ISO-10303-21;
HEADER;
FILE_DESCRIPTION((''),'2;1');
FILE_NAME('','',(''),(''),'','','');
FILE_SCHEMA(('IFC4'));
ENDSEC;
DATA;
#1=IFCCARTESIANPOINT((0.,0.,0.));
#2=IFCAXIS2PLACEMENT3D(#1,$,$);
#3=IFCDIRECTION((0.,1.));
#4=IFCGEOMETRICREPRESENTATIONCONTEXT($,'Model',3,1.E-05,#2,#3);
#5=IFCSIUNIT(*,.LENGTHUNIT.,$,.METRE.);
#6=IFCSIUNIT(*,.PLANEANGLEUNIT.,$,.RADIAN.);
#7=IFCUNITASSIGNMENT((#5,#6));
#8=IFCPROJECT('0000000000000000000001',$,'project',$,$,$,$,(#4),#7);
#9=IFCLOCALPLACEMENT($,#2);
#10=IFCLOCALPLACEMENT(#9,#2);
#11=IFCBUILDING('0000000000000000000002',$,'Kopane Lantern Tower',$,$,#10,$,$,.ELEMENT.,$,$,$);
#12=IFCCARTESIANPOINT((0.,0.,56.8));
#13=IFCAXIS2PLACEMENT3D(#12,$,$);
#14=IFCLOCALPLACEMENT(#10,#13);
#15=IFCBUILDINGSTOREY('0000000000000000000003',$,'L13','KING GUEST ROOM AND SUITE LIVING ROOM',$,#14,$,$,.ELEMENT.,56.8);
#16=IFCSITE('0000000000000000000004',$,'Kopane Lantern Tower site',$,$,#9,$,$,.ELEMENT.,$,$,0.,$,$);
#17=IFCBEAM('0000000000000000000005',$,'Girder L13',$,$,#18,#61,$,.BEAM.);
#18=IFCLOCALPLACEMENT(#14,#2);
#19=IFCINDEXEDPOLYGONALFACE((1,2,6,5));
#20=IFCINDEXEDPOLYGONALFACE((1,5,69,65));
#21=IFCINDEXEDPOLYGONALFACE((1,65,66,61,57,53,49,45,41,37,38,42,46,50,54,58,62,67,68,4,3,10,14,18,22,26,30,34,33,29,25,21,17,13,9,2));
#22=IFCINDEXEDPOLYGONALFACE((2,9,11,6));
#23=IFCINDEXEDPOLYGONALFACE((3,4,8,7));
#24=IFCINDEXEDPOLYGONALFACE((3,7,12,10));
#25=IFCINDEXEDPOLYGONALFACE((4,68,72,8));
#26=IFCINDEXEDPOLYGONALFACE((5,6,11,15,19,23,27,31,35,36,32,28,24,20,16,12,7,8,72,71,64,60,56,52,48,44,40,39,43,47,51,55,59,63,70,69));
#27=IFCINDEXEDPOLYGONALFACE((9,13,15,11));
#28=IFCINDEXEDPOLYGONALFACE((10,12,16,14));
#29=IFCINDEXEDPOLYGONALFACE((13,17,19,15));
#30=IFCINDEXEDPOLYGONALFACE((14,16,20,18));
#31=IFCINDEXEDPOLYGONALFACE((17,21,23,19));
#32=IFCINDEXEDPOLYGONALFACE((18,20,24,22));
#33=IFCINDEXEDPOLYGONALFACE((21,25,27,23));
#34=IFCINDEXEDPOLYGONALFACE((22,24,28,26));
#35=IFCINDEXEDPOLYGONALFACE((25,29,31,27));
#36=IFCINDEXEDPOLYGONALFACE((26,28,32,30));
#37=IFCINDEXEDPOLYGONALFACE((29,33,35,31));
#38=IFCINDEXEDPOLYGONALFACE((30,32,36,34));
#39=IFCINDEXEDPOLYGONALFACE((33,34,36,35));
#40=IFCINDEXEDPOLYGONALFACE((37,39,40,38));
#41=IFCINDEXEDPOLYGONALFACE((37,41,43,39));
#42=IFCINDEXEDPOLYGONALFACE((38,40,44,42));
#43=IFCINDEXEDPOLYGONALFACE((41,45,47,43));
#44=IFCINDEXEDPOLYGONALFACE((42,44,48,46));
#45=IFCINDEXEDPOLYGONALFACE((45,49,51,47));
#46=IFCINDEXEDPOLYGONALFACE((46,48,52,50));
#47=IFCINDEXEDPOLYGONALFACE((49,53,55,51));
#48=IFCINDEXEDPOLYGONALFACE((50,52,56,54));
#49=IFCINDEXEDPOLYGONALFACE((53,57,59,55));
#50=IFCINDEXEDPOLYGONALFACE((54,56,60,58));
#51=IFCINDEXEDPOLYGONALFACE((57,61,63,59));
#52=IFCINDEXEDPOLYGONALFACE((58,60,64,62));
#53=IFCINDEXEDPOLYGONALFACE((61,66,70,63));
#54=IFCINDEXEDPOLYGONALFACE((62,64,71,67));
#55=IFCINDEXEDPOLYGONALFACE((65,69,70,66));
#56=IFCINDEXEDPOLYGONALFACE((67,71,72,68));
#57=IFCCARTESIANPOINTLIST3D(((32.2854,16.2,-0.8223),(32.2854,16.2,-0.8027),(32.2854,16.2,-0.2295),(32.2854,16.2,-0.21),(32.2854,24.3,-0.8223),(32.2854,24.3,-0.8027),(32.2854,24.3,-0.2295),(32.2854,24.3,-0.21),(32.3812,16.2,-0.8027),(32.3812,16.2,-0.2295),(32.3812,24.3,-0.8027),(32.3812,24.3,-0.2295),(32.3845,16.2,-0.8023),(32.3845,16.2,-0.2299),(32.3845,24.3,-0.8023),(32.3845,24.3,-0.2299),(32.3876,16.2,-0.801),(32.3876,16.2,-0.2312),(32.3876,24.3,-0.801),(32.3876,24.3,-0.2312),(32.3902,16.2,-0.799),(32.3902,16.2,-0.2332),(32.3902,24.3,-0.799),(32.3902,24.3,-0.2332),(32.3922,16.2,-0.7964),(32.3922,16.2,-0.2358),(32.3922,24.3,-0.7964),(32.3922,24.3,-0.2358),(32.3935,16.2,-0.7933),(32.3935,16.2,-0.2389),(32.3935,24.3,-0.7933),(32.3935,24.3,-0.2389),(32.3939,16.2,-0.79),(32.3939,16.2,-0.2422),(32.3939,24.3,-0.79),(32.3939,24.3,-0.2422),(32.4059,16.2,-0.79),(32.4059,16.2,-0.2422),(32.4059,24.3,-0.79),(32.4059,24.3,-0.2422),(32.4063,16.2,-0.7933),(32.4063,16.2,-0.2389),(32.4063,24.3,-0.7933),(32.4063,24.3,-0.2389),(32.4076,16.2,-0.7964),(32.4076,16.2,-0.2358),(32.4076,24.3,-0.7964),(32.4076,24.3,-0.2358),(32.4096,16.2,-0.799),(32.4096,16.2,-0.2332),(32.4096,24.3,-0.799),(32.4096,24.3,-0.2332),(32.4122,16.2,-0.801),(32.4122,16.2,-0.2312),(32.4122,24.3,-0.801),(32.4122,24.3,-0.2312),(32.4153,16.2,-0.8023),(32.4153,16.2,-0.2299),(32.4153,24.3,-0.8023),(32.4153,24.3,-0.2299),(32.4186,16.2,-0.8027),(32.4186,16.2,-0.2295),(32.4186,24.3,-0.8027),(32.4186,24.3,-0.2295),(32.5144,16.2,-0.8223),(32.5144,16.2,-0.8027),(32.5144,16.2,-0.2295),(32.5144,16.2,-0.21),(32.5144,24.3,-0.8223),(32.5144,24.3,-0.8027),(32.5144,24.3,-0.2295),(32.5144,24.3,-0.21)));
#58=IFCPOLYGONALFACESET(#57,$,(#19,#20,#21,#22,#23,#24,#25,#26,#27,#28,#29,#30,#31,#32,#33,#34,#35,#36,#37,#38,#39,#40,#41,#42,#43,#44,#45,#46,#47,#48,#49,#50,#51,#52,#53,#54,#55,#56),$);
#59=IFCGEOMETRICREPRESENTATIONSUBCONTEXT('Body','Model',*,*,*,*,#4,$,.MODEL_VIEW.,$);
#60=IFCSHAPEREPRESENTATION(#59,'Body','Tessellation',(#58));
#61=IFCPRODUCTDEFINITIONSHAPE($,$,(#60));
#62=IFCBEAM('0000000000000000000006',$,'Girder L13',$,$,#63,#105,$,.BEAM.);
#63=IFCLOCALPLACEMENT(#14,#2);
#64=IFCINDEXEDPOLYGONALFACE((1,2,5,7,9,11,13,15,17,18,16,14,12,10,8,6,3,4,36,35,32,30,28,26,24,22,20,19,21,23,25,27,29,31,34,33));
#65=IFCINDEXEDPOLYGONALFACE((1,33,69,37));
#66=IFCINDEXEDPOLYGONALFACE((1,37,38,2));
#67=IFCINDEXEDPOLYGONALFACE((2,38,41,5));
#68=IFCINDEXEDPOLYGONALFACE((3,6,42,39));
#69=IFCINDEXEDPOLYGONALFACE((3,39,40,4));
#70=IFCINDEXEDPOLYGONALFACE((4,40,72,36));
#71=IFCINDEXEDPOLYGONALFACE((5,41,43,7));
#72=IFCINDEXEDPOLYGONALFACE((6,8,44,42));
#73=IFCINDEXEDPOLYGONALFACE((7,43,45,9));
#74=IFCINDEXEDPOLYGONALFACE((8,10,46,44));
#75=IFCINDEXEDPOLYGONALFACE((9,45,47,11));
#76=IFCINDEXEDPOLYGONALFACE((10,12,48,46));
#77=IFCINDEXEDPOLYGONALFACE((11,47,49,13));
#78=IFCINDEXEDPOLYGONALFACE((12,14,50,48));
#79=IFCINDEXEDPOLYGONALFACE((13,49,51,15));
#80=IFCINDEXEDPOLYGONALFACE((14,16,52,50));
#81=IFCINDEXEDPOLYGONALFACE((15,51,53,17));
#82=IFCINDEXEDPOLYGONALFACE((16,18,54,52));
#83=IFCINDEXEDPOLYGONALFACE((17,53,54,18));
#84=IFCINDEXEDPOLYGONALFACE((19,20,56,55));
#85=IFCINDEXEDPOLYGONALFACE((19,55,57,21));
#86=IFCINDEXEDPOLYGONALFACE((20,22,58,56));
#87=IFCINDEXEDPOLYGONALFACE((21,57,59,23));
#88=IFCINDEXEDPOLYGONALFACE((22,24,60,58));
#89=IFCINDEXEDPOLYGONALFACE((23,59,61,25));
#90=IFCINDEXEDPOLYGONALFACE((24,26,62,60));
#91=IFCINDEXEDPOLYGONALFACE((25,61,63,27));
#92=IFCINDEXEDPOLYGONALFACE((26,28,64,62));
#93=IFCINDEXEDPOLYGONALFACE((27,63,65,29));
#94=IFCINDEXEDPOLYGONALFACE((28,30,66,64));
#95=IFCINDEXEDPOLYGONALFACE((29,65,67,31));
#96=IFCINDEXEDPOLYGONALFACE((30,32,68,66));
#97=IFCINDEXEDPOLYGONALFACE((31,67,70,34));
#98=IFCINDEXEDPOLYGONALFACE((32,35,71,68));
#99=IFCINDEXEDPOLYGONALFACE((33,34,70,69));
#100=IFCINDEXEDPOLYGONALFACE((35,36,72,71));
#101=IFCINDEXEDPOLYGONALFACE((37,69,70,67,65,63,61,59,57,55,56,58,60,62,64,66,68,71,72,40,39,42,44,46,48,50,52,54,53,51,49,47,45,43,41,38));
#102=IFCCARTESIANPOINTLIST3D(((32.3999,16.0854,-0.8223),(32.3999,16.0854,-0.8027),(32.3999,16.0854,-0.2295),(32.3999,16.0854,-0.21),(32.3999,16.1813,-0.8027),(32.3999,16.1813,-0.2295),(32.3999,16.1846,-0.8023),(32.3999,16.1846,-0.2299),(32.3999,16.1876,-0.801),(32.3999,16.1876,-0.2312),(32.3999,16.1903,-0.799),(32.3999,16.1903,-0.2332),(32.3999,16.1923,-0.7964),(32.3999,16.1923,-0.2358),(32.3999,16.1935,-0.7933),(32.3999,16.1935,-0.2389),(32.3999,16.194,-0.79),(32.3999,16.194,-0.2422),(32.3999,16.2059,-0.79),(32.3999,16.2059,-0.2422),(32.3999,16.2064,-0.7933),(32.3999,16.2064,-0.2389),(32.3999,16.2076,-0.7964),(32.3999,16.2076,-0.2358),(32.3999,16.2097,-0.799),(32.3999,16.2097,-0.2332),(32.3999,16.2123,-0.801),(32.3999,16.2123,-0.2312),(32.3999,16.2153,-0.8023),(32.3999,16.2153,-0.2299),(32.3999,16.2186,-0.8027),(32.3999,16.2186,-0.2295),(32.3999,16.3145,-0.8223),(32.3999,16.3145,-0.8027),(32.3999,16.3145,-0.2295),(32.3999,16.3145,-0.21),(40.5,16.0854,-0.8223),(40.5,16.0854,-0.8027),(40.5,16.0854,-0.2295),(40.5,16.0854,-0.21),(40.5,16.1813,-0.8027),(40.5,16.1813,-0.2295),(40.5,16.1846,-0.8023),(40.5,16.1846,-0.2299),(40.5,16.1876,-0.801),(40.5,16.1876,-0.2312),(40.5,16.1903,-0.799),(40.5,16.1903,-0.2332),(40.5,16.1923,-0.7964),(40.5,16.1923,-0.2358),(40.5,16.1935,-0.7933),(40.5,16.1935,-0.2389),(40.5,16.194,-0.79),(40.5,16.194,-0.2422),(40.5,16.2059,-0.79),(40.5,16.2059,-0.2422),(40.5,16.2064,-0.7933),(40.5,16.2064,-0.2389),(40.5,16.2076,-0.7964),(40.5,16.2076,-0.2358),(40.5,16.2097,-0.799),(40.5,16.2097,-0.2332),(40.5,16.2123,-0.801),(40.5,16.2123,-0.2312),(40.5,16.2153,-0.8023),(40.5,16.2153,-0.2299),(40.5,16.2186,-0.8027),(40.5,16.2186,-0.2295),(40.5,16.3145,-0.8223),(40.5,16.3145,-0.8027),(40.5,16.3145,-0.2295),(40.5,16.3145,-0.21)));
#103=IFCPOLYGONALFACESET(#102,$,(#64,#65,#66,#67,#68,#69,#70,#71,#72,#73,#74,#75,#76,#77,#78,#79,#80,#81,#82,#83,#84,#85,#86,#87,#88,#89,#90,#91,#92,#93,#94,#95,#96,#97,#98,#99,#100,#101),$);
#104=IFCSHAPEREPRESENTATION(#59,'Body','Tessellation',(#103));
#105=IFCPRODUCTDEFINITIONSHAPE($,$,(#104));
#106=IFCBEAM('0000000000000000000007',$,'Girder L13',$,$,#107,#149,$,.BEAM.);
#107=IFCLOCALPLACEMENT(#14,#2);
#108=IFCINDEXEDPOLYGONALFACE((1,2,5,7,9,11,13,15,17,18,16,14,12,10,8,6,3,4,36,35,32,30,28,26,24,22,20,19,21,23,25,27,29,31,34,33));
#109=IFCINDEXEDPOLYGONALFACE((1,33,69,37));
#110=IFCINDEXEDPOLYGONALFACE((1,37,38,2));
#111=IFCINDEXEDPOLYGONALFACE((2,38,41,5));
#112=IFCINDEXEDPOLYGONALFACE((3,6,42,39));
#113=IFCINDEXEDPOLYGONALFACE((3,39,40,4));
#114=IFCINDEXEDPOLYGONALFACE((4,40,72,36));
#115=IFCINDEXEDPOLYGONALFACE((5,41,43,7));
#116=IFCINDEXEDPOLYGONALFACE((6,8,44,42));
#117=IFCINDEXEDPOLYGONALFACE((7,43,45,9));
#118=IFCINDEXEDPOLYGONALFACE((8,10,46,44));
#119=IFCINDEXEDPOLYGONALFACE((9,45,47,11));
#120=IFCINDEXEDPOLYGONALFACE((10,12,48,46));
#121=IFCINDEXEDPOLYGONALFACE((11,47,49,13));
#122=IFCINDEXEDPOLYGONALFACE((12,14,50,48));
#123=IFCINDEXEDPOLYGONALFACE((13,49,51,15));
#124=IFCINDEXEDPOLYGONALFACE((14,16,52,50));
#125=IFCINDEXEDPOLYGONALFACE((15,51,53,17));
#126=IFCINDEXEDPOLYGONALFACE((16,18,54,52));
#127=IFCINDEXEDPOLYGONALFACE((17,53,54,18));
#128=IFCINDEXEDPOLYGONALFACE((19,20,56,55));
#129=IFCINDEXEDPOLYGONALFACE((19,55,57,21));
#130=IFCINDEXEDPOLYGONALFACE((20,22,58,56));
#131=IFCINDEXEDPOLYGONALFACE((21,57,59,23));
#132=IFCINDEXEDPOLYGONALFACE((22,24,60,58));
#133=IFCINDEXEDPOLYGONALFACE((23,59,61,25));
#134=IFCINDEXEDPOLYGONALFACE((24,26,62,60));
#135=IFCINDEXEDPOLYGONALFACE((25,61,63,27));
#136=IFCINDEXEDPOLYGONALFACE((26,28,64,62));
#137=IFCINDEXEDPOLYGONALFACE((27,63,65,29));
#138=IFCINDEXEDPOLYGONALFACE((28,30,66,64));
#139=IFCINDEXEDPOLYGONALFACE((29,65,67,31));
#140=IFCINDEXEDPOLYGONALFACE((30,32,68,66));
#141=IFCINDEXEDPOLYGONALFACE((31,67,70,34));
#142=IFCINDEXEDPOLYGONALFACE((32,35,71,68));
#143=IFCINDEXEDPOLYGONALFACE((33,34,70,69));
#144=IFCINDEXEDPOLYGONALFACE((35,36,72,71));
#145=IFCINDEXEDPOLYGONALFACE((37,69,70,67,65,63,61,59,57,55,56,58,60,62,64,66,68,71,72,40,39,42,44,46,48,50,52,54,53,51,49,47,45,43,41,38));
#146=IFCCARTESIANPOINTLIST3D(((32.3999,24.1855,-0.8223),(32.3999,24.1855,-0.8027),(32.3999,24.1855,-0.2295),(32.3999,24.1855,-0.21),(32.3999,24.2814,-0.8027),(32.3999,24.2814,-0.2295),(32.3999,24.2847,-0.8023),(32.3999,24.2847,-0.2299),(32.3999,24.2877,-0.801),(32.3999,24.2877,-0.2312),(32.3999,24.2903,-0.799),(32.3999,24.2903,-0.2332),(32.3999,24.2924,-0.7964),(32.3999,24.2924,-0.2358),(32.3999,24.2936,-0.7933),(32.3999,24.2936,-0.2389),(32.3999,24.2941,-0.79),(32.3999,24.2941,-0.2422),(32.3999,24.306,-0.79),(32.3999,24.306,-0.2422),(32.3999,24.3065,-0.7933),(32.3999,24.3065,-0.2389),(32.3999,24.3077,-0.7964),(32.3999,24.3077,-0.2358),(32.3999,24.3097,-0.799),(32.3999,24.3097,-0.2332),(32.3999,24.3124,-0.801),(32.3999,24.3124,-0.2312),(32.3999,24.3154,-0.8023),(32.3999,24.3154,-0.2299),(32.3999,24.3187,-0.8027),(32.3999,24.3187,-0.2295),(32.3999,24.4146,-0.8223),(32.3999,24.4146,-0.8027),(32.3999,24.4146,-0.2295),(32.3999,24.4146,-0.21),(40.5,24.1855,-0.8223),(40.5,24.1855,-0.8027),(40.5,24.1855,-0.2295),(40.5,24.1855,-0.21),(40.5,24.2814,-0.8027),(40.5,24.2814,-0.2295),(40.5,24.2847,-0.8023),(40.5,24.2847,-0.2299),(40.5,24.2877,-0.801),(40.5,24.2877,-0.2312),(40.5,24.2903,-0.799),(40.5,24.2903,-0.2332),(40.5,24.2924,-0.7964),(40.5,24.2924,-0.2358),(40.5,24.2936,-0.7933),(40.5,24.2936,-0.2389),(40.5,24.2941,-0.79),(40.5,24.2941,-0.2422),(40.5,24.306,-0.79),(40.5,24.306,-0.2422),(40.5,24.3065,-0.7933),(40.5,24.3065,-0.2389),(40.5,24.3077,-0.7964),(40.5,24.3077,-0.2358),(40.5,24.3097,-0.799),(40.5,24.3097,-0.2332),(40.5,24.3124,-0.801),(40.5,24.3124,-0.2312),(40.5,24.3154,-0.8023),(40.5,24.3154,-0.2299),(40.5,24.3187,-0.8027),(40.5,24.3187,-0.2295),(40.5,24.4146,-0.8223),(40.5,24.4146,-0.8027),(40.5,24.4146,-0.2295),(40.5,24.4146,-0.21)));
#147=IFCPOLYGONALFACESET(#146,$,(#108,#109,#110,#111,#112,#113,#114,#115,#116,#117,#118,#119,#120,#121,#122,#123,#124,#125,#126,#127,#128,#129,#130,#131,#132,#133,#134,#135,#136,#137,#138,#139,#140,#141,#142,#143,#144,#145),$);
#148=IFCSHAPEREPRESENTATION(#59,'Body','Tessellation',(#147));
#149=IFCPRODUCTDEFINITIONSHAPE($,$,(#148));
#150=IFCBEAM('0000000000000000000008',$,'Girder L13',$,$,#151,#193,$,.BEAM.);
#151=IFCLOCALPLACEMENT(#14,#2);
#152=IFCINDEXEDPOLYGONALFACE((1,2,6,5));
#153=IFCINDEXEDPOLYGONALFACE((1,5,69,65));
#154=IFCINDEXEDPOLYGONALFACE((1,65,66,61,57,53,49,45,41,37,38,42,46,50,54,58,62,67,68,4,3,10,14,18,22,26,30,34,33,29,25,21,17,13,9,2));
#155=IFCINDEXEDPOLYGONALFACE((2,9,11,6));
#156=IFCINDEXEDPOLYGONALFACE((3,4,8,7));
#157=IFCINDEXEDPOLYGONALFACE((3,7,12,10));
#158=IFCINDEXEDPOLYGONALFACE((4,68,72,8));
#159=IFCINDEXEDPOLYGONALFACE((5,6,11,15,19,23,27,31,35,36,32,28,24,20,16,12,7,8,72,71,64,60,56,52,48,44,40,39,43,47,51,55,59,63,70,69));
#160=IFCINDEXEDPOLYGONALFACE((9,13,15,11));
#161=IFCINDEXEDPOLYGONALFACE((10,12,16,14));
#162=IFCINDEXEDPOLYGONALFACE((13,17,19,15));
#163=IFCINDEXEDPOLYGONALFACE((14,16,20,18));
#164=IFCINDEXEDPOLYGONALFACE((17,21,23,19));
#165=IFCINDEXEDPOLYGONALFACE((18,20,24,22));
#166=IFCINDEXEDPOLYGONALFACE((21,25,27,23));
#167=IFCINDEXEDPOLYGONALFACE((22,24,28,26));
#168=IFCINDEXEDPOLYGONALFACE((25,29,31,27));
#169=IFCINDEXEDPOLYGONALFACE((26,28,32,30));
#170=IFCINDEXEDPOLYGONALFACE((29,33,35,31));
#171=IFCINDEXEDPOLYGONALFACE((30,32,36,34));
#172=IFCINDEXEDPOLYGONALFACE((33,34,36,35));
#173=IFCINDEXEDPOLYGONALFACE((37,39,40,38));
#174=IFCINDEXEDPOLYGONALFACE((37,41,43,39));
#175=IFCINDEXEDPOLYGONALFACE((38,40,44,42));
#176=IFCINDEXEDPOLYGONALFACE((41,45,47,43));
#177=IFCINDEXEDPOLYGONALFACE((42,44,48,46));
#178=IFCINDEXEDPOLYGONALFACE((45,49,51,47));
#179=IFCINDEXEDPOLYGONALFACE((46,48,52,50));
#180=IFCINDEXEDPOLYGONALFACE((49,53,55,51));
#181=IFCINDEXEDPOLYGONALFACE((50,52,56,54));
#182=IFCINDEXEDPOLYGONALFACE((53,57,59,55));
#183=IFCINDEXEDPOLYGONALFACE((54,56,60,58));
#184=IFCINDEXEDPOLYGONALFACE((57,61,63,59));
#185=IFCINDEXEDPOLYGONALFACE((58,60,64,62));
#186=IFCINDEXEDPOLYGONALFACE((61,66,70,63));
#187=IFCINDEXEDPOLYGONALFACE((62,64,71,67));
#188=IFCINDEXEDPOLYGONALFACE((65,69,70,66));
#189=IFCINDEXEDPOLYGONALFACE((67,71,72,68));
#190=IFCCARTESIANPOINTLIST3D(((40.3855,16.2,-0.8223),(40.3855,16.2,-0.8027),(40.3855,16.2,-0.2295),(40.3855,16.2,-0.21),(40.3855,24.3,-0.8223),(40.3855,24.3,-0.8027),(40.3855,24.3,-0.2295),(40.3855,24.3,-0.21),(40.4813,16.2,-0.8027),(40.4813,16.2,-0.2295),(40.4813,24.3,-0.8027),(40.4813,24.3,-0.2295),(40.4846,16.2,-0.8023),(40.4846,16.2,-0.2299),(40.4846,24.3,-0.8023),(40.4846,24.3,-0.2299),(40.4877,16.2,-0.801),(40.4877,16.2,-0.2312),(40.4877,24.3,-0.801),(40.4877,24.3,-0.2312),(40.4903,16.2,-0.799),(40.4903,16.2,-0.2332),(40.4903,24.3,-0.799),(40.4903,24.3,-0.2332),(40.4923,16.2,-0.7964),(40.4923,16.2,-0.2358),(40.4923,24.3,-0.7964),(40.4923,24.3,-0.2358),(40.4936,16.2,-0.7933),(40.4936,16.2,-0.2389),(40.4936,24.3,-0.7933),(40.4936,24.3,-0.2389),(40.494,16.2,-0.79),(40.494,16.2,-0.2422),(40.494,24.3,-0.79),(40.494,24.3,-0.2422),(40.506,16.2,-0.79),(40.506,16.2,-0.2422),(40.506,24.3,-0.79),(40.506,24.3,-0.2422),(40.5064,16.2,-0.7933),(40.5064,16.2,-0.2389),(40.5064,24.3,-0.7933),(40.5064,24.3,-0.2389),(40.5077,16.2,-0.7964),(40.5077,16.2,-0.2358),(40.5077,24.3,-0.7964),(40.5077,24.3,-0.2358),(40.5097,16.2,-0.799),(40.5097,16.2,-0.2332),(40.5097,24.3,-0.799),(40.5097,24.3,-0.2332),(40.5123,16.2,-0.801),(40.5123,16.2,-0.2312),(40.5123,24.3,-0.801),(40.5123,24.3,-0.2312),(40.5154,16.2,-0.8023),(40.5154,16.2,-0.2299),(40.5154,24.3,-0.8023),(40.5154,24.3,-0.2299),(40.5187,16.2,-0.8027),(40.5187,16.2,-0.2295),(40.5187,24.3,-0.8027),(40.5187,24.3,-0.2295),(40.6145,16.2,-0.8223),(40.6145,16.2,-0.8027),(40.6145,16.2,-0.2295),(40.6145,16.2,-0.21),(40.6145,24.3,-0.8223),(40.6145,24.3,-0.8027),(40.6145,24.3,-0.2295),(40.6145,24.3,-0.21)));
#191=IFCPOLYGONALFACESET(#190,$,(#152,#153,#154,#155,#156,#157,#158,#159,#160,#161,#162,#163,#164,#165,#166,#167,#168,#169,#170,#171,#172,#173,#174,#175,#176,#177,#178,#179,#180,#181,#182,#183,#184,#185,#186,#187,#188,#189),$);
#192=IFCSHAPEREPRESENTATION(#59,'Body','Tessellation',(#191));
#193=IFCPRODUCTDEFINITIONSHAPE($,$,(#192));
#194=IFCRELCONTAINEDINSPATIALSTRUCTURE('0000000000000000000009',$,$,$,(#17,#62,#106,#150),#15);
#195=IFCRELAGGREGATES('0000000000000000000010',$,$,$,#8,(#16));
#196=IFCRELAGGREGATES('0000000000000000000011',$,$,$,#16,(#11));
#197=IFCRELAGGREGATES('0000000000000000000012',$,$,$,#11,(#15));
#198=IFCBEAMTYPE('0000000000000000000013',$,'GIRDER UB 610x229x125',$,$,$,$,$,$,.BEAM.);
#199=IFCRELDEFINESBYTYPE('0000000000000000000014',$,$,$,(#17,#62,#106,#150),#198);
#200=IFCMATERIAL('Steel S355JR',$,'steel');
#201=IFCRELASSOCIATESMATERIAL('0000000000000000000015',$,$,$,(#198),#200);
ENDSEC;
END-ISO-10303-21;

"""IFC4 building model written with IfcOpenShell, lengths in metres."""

from ifc_helpers import new_model, si_unit, direction, frame, origin, origin_2d, place, context, subcontext, project, spatial, i_section, extrude, material, material_profile, profile_set, type_object, element, save


model = new_model("IFC4")

# Units and contexts
model_context = context("Model", 3, precision=1e-05, world=origin(), true_north=direction((0.0, 1.0)))
body_context = subcontext(model_context, "Body", "Model", "MODEL_VIEW")
ifc_project = project(units=[si_unit("LENGTHUNIT", "METRE"), si_unit("PLANEANGLEUNIT", "RADIAN")], contexts=[model_context])

# Site, building, storey
site_placement = place(None, origin())
site = spatial("IfcSite", under=ifc_project, at=site_placement, Name="Kopane Lantern Tower site", CompositionType="ELEMENT", RefElevation=0.0)
building_placement = place(site_placement, origin())
building = spatial("IfcBuilding", under=site, at=building_placement, Name="Kopane Lantern Tower", CompositionType="ELEMENT")
storey_placement = place(building_placement, frame((0.0, 0.0, 56.8)))
storey = spatial("IfcBuildingStorey", under=building, at=storey_placement, Name="L13", Description="KING GUEST ROOM AND SUITE LIVING ROOM", CompositionType="ELEMENT", Elevation=56.8)

# Beams
ifc_material_1 = material(Name="Steel S355JR", Category="steel")
ifc_material_profile_1 = material_profile(ifc_material_1, i_section(OverallWidth=0.229, OverallDepth=0.6123, WebThickness=0.012, FlangeThickness=0.0195, FilletRadius=0.0127, at=origin_2d()), Name="UB 610x229x125")
ifc_profile_set_1 = profile_set([ifc_material_profile_1], Name="Steel S355JR")
beam_type_1 = type_object("IfcBeamType", Name="GIRDER UB 610x229x125", PredefinedType="BEAM", material=ifc_profile_set_1)
for number, where, z_axis, x_axis, name in (
    (1, (32.3999, 16.2, -0.5161), (0.0, 1.0, 0.0), (-1.0, 0.0, 0.0), "Girder L13"),
    (2, (32.3999, 16.2, -0.5161), (1.0, 0.0, 0.0), (0.0, 1.0, 0.0), "Girder L13"),
    (3, (32.3999, 24.3, -0.5161), (1.0, 0.0, 0.0), (0.0, 1.0, 0.0), "Girder L13"),
    (4, (40.5, 16.2, -0.5161), (0.0, 1.0, 0.0), (-1.0, 0.0, 0.0), "Girder L13"),
):
    element("IfcBeam", number, at=place(storey_placement, frame(where, z_axis=z_axis, x_axis=x_axis)), inside=storey, type_object=beam_type_1, Name=name, PredefinedType="BEAM", context=body_context, shape_type="SweptSolid", body=[
        extrude(i_section(OverallWidth=0.229, OverallDepth=0.6123, WebThickness=0.012, FlangeThickness=0.0195, FilletRadius=0.0127, at=origin_2d()), origin(), (0.0, 0.0, 1.0), 8.1001),
    ])

save(model, "model.ifc")
